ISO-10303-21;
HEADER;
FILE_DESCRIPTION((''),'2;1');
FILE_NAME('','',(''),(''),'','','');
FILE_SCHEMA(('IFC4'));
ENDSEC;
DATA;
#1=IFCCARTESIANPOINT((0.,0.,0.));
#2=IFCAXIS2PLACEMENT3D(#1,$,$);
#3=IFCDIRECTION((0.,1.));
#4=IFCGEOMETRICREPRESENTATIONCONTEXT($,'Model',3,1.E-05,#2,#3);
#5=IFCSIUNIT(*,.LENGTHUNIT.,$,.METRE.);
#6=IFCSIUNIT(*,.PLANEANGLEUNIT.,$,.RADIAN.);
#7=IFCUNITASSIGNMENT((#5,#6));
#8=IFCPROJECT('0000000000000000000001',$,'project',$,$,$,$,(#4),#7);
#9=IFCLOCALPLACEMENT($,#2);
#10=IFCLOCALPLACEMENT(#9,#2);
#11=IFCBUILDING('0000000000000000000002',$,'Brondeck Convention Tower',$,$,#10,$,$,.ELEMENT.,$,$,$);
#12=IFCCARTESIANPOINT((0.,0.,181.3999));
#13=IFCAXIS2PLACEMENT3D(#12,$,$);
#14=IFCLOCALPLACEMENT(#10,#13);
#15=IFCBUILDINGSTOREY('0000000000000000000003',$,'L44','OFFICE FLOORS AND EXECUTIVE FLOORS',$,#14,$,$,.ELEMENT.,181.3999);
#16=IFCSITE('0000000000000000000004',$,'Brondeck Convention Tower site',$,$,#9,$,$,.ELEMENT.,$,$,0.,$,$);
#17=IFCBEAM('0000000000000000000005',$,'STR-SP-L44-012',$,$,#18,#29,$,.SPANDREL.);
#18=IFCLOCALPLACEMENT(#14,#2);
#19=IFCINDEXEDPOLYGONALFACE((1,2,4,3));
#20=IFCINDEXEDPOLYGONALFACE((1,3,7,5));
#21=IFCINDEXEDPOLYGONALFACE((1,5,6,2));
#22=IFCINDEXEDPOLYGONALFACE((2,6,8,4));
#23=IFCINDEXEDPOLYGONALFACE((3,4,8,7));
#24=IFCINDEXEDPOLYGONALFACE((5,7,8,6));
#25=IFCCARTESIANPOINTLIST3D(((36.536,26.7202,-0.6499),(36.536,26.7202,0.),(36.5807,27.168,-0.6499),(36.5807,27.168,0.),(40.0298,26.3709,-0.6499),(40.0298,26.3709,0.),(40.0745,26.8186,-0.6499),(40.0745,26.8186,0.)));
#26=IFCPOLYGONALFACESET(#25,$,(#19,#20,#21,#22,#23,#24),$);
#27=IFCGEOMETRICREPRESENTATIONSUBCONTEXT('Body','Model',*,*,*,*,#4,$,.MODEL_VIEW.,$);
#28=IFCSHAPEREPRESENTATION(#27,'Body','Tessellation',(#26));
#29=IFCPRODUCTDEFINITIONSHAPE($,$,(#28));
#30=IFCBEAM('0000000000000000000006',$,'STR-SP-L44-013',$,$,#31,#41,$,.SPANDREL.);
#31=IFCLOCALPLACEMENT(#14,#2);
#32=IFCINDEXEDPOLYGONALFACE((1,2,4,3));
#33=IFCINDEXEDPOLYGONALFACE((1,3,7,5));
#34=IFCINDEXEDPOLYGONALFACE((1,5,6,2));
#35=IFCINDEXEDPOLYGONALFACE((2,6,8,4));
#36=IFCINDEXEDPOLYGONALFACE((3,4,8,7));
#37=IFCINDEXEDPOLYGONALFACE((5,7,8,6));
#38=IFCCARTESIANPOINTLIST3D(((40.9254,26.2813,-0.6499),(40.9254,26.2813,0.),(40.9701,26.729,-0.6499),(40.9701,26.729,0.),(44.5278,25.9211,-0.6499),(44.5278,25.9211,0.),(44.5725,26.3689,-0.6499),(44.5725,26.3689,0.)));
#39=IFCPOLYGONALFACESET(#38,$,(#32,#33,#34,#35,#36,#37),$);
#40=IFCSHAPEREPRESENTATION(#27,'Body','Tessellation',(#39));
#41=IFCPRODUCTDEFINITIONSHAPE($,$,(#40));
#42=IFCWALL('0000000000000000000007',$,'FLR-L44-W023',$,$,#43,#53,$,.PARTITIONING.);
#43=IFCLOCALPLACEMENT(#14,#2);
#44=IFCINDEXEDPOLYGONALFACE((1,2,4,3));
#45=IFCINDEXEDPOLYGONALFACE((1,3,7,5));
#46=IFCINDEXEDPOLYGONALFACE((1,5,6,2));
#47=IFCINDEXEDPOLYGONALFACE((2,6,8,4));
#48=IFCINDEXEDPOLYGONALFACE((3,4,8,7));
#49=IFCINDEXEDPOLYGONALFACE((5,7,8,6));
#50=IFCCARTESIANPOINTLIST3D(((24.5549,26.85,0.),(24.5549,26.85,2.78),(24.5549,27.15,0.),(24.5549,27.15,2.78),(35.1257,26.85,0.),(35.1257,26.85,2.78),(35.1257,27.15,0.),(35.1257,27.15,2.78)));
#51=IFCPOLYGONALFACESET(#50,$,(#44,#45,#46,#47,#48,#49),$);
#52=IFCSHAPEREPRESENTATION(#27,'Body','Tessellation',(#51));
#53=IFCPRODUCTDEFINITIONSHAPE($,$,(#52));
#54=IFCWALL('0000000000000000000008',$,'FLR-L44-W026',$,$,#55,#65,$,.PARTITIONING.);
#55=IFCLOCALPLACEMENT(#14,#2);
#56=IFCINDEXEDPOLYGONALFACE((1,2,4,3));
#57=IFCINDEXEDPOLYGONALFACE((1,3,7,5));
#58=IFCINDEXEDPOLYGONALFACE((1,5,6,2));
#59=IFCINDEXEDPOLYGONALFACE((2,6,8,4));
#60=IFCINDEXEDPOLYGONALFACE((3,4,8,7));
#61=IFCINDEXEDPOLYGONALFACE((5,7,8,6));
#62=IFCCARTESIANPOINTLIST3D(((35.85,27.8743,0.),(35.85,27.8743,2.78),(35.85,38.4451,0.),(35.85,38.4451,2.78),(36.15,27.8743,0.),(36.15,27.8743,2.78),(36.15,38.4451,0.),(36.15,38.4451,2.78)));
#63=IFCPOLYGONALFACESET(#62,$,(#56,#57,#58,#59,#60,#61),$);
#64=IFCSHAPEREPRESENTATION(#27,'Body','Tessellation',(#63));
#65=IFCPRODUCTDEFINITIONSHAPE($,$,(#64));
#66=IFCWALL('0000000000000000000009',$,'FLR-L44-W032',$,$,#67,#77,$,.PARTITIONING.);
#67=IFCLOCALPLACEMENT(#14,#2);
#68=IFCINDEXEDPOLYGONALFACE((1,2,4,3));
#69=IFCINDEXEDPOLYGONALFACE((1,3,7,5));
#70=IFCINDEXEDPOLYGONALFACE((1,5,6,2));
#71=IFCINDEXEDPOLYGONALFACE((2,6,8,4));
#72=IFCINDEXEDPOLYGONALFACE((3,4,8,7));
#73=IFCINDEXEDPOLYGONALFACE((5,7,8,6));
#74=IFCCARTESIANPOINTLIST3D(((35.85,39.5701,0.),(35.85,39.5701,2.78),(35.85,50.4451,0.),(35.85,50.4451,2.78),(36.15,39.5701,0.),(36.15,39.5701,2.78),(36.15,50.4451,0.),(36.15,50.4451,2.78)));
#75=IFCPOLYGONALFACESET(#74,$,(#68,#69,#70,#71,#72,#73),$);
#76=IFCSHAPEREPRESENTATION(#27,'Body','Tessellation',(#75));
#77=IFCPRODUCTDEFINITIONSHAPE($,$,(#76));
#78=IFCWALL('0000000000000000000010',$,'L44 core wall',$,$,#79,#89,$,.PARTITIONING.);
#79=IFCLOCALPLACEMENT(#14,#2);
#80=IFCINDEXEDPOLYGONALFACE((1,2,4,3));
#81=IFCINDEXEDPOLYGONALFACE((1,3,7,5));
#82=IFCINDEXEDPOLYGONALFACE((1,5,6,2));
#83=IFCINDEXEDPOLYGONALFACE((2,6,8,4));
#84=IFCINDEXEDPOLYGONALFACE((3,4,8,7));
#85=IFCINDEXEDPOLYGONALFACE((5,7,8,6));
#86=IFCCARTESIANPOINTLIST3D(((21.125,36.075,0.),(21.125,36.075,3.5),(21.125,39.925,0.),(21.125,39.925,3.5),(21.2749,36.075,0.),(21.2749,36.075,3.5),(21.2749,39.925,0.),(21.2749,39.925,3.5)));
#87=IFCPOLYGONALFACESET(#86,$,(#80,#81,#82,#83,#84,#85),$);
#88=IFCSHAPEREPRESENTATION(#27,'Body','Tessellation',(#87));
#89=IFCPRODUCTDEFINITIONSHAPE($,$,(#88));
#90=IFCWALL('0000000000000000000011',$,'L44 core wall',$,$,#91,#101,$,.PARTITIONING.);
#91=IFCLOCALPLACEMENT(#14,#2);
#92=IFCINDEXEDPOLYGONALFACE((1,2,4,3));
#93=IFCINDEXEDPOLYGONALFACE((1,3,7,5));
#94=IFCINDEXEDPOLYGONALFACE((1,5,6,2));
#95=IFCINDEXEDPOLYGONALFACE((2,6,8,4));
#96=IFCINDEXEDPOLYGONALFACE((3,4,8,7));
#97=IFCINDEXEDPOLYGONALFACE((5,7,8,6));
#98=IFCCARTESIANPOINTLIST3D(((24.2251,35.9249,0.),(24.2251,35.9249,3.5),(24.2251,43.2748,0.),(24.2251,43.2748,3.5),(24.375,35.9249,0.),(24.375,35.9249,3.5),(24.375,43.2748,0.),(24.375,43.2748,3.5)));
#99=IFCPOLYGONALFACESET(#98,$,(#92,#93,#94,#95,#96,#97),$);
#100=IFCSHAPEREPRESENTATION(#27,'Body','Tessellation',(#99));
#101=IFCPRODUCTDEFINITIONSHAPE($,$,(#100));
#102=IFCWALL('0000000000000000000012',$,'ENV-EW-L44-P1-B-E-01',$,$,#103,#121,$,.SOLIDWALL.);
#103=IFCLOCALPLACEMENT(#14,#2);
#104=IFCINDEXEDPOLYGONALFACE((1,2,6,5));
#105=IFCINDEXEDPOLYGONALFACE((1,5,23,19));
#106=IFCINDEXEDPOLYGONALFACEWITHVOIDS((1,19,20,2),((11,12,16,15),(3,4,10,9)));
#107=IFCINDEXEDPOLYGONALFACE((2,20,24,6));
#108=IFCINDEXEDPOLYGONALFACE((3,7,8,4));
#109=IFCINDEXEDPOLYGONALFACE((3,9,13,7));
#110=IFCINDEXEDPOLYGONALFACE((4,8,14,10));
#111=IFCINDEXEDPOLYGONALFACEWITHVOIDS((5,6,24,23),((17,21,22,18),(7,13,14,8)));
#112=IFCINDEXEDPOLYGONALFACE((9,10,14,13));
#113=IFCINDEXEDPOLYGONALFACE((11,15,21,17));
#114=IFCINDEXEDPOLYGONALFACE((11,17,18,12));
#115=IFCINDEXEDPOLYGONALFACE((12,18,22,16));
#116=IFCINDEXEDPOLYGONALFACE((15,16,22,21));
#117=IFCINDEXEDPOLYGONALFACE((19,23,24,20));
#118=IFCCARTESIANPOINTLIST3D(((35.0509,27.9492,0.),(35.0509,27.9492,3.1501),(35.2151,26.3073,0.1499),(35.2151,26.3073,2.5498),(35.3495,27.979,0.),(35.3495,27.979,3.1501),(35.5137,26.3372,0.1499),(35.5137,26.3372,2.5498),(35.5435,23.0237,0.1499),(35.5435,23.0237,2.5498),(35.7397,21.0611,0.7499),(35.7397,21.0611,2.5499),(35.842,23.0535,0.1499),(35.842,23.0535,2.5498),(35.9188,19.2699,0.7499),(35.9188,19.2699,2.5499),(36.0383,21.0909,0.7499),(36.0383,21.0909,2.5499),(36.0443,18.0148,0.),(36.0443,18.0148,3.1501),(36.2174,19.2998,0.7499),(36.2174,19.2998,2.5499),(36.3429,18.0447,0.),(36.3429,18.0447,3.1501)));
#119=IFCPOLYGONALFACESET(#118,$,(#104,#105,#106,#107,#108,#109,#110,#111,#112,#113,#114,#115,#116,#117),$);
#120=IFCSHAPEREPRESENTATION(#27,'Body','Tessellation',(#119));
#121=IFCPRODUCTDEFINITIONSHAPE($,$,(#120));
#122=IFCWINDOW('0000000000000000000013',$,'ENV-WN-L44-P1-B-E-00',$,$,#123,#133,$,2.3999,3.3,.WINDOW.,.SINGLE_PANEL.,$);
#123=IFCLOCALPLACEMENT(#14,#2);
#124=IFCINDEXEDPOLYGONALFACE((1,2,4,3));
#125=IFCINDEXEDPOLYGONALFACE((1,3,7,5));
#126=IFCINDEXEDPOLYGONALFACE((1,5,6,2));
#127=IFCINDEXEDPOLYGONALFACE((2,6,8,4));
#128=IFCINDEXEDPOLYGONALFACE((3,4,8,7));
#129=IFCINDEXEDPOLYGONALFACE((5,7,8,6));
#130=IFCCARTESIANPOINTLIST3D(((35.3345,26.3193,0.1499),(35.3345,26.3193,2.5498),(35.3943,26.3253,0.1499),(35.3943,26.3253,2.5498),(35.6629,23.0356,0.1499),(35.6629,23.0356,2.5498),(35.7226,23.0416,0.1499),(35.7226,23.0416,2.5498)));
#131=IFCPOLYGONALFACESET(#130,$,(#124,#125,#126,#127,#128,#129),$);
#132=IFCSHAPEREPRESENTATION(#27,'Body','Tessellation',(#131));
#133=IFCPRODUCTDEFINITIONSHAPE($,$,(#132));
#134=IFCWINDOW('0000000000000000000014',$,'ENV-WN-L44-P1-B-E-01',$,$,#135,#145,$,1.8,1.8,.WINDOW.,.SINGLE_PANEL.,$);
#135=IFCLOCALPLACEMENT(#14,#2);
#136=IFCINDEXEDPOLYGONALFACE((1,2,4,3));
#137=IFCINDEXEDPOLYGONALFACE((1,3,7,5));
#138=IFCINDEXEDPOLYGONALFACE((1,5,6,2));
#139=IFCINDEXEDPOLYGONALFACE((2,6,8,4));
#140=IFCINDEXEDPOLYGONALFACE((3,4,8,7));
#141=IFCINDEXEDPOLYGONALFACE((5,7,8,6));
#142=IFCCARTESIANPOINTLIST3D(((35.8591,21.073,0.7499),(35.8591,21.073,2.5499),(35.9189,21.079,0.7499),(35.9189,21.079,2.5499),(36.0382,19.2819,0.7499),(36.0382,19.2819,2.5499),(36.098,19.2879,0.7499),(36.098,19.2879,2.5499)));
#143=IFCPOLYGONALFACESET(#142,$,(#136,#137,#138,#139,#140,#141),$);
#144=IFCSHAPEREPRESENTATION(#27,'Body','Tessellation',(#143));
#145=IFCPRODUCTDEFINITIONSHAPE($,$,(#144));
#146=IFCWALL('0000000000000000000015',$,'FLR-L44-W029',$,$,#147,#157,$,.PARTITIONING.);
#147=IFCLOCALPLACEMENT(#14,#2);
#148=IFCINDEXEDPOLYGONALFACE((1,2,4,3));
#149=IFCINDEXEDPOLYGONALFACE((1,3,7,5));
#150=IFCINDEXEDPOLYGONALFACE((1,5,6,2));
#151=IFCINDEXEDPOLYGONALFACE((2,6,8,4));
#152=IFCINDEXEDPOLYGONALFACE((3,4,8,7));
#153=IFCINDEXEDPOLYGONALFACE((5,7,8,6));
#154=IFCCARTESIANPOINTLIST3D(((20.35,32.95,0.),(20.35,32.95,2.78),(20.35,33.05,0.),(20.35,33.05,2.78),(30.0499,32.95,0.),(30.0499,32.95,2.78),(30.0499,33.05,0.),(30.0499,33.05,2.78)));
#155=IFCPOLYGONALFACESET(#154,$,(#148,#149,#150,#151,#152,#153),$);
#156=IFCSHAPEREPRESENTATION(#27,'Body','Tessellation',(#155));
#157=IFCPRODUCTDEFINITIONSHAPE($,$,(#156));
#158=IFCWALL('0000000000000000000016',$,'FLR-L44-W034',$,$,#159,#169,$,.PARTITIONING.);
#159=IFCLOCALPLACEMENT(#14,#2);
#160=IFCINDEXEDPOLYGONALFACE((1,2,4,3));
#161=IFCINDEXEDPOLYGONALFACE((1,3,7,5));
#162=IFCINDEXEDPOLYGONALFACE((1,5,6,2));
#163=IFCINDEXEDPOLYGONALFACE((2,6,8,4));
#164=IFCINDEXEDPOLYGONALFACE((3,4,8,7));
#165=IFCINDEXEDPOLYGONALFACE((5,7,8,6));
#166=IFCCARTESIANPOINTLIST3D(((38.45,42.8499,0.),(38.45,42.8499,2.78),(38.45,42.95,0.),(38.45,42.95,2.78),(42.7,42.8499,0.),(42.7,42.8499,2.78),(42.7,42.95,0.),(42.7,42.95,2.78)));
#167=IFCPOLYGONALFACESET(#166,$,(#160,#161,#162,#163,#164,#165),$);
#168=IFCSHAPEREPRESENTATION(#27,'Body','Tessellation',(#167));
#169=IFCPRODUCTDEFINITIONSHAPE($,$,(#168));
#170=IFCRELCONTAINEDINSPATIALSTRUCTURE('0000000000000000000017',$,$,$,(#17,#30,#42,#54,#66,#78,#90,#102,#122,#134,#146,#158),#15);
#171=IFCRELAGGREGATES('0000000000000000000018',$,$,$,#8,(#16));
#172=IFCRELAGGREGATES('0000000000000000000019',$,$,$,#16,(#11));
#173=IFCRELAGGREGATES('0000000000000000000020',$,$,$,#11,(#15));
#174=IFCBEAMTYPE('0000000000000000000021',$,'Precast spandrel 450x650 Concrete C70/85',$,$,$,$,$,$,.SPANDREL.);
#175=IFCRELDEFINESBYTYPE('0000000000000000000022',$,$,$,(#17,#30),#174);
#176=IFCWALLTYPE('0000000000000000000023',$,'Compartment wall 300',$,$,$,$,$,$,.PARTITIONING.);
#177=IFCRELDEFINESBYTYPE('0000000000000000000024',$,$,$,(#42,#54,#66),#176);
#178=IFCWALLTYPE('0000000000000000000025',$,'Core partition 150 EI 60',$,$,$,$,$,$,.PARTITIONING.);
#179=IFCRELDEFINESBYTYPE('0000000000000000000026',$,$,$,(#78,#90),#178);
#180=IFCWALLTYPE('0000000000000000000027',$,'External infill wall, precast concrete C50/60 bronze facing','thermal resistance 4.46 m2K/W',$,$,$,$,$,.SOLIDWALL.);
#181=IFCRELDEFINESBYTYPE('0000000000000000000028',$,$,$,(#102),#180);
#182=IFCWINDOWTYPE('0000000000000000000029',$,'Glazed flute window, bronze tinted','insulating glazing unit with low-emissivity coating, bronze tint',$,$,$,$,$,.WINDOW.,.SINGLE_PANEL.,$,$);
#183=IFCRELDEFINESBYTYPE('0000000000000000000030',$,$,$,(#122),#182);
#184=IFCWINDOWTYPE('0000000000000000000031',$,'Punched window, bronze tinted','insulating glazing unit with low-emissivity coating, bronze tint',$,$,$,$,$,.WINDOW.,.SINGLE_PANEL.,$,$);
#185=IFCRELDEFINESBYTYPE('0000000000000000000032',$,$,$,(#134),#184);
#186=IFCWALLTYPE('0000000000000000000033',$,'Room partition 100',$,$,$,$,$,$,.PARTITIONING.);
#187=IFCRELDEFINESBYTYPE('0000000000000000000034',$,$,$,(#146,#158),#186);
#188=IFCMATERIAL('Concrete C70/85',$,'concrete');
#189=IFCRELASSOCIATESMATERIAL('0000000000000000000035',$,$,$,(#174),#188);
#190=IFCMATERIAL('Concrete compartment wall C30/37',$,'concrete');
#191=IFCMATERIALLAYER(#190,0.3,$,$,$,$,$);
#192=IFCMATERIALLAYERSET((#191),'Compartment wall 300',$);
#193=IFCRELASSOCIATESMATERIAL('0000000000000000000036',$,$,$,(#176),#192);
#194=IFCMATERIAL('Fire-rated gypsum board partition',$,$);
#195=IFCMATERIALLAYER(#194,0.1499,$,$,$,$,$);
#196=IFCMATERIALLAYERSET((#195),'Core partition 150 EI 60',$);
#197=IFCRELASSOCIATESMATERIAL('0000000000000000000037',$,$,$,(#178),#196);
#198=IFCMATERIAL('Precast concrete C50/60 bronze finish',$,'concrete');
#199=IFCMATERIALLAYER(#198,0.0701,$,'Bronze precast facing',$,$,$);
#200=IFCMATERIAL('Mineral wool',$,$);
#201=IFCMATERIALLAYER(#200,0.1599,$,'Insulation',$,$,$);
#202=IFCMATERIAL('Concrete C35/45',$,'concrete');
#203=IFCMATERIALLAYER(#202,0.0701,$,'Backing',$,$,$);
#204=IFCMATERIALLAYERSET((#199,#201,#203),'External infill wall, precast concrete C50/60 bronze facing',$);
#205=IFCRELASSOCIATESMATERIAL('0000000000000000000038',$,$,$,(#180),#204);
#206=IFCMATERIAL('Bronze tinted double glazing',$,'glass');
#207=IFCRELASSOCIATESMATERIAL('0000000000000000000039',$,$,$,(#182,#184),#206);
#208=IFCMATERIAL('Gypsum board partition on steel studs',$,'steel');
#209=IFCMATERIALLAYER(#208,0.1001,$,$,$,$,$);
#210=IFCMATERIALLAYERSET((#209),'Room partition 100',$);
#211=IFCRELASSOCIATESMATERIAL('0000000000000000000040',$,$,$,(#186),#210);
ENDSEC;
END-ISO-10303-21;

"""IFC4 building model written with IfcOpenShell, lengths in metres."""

from ifc_helpers import new_model, si_unit, direction, frame, frame_2d, origin, origin_2d, place, context, subcontext, project, spatial, rectangle, extrude, material, layer, layer_set, material_profile, profile_set, type_object, element, fill, save


model = new_model("IFC4")

# Units and contexts
model_context = context("Model", 3, precision=1e-05, world=origin(), true_north=direction((0.0, 1.0)))
body_context = subcontext(model_context, "Body", "Model", "MODEL_VIEW")
ifc_project = project(units=[si_unit("LENGTHUNIT", "METRE"), si_unit("PLANEANGLEUNIT", "RADIAN")], contexts=[model_context])

# Site, building, storey
site_placement = place(None, origin())
site = spatial("IfcSite", under=ifc_project, at=site_placement, Name="Brondeck Convention Tower site", CompositionType="ELEMENT", RefElevation=0.0)
building_placement = place(site_placement, origin())
building = spatial("IfcBuilding", under=site, at=building_placement, Name="Brondeck Convention Tower", CompositionType="ELEMENT")
storey_placement = place(building_placement, frame((0.0, 0.0, 181.3999)))
storey = spatial("IfcBuildingStorey", under=building, at=storey_placement, Name="L44", Description="OFFICE FLOORS AND EXECUTIVE FLOORS", CompositionType="ELEMENT", Elevation=181.3999)

# Shared definitions
ifc_material_1 = material(Name="Concrete C70/85", Category="concrete")

# Beams
ifc_material_profile_1 = material_profile(ifc_material_1, rectangle(XDim=0.45, YDim=0.6499, at=origin_2d()), Name="Precast spandrel 450x650 Concrete C70/85")
ifc_profile_set_1 = profile_set([ifc_material_profile_1], Name="Concrete C70/85")
beam_type_1 = type_object("IfcBeamType", Name="Precast spandrel 450x650 Concrete C70/85", PredefinedType="SPANDREL", material=ifc_profile_set_1)
beam_1_placement = place(storey_placement, frame((36.5583, 26.9441, -0.325), z_axis=(0.995038, -0.099497, 0.0), x_axis=(0.099497, 0.995038, 0.0)))
element("IfcBeam", 1, at=beam_1_placement, inside=storey, type_object=beam_type_1, Name="STR-SP-L44-012", PredefinedType="SPANDREL", context=body_context, shape_type="SweptSolid", body=[
    extrude(rectangle(XDim=0.45, YDim=0.6499, at=origin_2d()), origin(), (0.0, 0.0, 1.0), 3.5112),
])
beam_2_placement = place(storey_placement, frame((40.9478, 26.5051, -0.325), z_axis=(0.995041, -0.09947, 0.0), x_axis=(0.09947, 0.995041, 0.0)))
element("IfcBeam", 2, at=beam_2_placement, inside=storey, type_object=beam_type_1, Name="STR-SP-L44-013", PredefinedType="SPANDREL", context=body_context, shape_type="SweptSolid", body=[
    extrude(rectangle(XDim=0.45, YDim=0.6499, at=origin_2d()), origin(), (0.0, 0.0, 1.0), 3.6204),
])

# Walls
ifc_material_2 = material(Name="Concrete compartment wall C30/37", Category="concrete")
ifc_layer_1 = layer(ifc_material_2, 0.3)
ifc_layer_set_1 = layer_set([ifc_layer_1], Name="Compartment wall 300")
wall_type_1 = type_object("IfcWallType", Name="Compartment wall 300", PredefinedType="PARTITIONING", material=ifc_layer_set_1)
for number, where, z_axis, x_axis, name in (
    (3, (24.5549, 27.0, 0.0), (0.0, 0.0, 1.0), (1.0, 0.0, 0.0), "FLR-L44-W023"),
    (4, (36.0, 27.8743, 0.0), (0.0, 0.0, 1.0), (0.0, 1.0, 0.0), "FLR-L44-W026"),
):
    element("IfcWall", number, at=place(storey_placement, frame(where, z_axis=z_axis, x_axis=x_axis)), inside=storey, type_object=wall_type_1, Name=name, PredefinedType="PARTITIONING", context=body_context, shape_type="SweptSolid", body=[
        extrude(rectangle(XDim=10.5708, YDim=0.3, at=frame_2d((5.2854, 0.0))), origin(), (0.0, 0.0, 1.0), 2.78),
    ])
wall_1_placement = place(storey_placement, frame((36.0, 39.5701, 0.0), z_axis=(0.0, 0.0, 1.0), x_axis=(0.0, 1.0, 0.0)))
element("IfcWall", 5, at=wall_1_placement, inside=storey, type_object=wall_type_1, Name="FLR-L44-W032", PredefinedType="PARTITIONING", context=body_context, shape_type="SweptSolid", body=[
    extrude(rectangle(XDim=10.875, YDim=0.3, at=frame_2d((5.4375, 0.0))), origin(), (0.0, 0.0, 1.0), 2.78),
])
ifc_material_3 = material(Name="Fire-rated gypsum board partition")
ifc_layer_2 = layer(ifc_material_3, 0.1499)
ifc_layer_set_2 = layer_set([ifc_layer_2], Name="Core partition 150 EI 60")
wall_type_2 = type_object("IfcWallType", Name="Core partition 150 EI 60", PredefinedType="PARTITIONING", material=ifc_layer_set_2)
wall_2_placement = place(storey_placement, frame((21.2, 36.075, 0.0), z_axis=(0.0, 0.0, 1.0), x_axis=(0.0, 1.0, 0.0)))
element("IfcWall", 6, at=wall_2_placement, inside=storey, type_object=wall_type_2, Name="L44 core wall", PredefinedType="PARTITIONING", context=body_context, shape_type="SweptSolid", body=[
    extrude(rectangle(XDim=3.8501, YDim=0.1499, at=frame_2d((1.925, 0.0))), origin(), (0.0, 0.0, 1.0), 3.5),
])
wall_3_placement = place(storey_placement, frame((24.3, 35.925, 0.0), z_axis=(0.0, 0.0, 1.0), x_axis=(0.0, 1.0, 0.0)))
element("IfcWall", 7, at=wall_3_placement, inside=storey, type_object=wall_type_2, Name="L44 core wall", PredefinedType="PARTITIONING", context=body_context, shape_type="SweptSolid", body=[
    extrude(rectangle(XDim=7.3499, YDim=0.1499, at=frame_2d((3.6748, 0.0))), origin(), (0.0, 0.0, 1.0), 3.5),
])

# Wall, openings, windows
ifc_material_4 = material(Name="Precast concrete C50/60 bronze finish", Category="concrete")
ifc_layer_3 = layer(ifc_material_4, 0.0701, Name="Bronze precast facing")
ifc_material_5 = material(Name="Mineral wool")
ifc_layer_4 = layer(ifc_material_5, 0.1599, Name="Insulation")
ifc_material_6 = material(Name="Concrete C35/45", Category="concrete")
ifc_layer_5 = layer(ifc_material_6, 0.0701, Name="Backing")
ifc_layer_set_3 = layer_set([ifc_layer_3, ifc_layer_4, ifc_layer_5], Name="External infill wall, precast concrete C50/60 bronze facing")
wall_type_3 = type_object("IfcWallType", Name="External infill wall, precast concrete C50/60 bronze facing", Description="thermal resistance 4.46 m2K/W", PredefinedType="SOLIDWALL", material=ifc_layer_set_3)
wall_4_placement = place(storey_placement, frame((35.2002, 27.9641, 0.0), z_axis=(0.0, 0.0, 1.0), x_axis=(0.099501, -0.995037, 0.0)))
wall_4 = element("IfcWall", 8, at=wall_4_placement, inside=storey, type_object=wall_type_3, Name="ENV-EW-L44-P1-B-E-01", PredefinedType="SOLIDWALL", context=body_context, shape_type="SweptSolid", body=[
    extrude(rectangle(XDim=9.9839, YDim=0.3, at=frame_2d((4.9919, 0.0))), origin(), (0.0, 0.0, 1.0), 3.1501),
])
opening_1_placement = place(wall_4_placement, frame((1.6501, 0.0, 0.1499)))
opening_1 = element("IfcOpeningElement", 9, at=opening_1_placement, cuts=wall_4, PredefinedType="OPENING", context=body_context, shape_type="SweptSolid", body=[
    extrude(rectangle(XDim=3.3, YDim=2.3999, at=frame_2d((1.6499, 1.2))), frame((0.0, 0.1599, 0.0), z_axis=(0.0, -1.0, 0.0), x_axis=(1.0, 0.0, 0.0)), (0.0, 0.0, 1.0), 0.3201),
])
opening_2_placement = place(wall_4_placement, frame((6.9226, 0.0, 0.75)))
opening_2 = element("IfcOpeningElement", 10, at=opening_2_placement, cuts=wall_4, PredefinedType="OPENING", context=body_context, shape_type="SweptSolid", body=[
    extrude(rectangle(XDim=1.8, YDim=1.8, at=frame_2d((0.8999, 0.8999))), frame((0.0, 0.1599, 0.0), z_axis=(0.0, -1.0, 0.0), x_axis=(1.0, 0.0, 0.0)), (0.0, 0.0, 1.0), 0.3201),
])
ifc_material_7 = material(Name="Bronze tinted double glazing", Category="glass")
window_type_1 = type_object("IfcWindowType", Name="Glazed flute window, bronze tinted", Description="insulating glazing unit with low-emissivity coating, bronze tint", PartitioningType="SINGLE_PANEL", PredefinedType="WINDOW", material=ifc_material_7)
window_1_placement = place(opening_1_placement, origin())
window_1 = element("IfcWindow", 11, at=window_1_placement, inside=storey, type_object=window_type_1, Name="ENV-WN-L44-P1-B-E-00", OverallHeight=2.3999, OverallWidth=3.3, PartitioningType="SINGLE_PANEL", PredefinedType="WINDOW", context=body_context, shape_type="SweptSolid", body=[
    extrude(rectangle(XDim=3.3, YDim=2.3999, at=frame_2d((1.6499, 1.2))), frame((0.0, 0.03, 0.0), z_axis=(0.0, -1.0, 0.0), x_axis=(1.0, 0.0, 0.0)), (0.0, 0.0, 1.0), 0.0601),
])
fill(opening_1, window_1)
window_type_2 = type_object("IfcWindowType", Name="Punched window, bronze tinted", Description="insulating glazing unit with low-emissivity coating, bronze tint", PartitioningType="SINGLE_PANEL", PredefinedType="WINDOW", material=ifc_material_7)
window_2_placement = place(opening_2_placement, origin())
window_2 = element("IfcWindow", 12, at=window_2_placement, inside=storey, type_object=window_type_2, Name="ENV-WN-L44-P1-B-E-01", OverallHeight=1.8, OverallWidth=1.8, PartitioningType="SINGLE_PANEL", PredefinedType="WINDOW", context=body_context, shape_type="SweptSolid", body=[
    extrude(rectangle(XDim=1.8, YDim=1.8, at=frame_2d((0.8999, 0.8999))), frame((0.0, 0.03, 0.0), z_axis=(0.0, -1.0, 0.0), x_axis=(1.0, 0.0, 0.0)), (0.0, 0.0, 1.0), 0.0601),
])
fill(opening_2, window_2)

# Walls
ifc_material_8 = material(Name="Gypsum board partition on steel studs", Category="steel")
ifc_layer_6 = layer(ifc_material_8, 0.1001)
ifc_layer_set_4 = layer_set([ifc_layer_6], Name="Room partition 100")
wall_type_4 = type_object("IfcWallType", Name="Room partition 100", PredefinedType="PARTITIONING", material=ifc_layer_set_4)
wall_5_placement = place(storey_placement, frame((30.05, 33.0, 0.0), z_axis=(0.0, 0.0, 1.0), x_axis=(-1.0, 0.0, 0.0)))
element("IfcWall", 13, at=wall_5_placement, inside=storey, type_object=wall_type_4, Name="FLR-L44-W029", PredefinedType="PARTITIONING", context=body_context, shape_type="SweptSolid", body=[
    extrude(rectangle(XDim=9.7, YDim=0.1001, at=frame_2d((4.8501, 0.0))), origin(), (0.0, 0.0, 1.0), 2.78),
])
wall_6_placement = place(storey_placement, frame((38.45, 42.8999, 0.0), z_axis=(0.0, 0.0, 1.0), x_axis=(1.0, 0.0, 0.0)))
element("IfcWall", 14, at=wall_6_placement, inside=storey, type_object=wall_type_4, Name="FLR-L44-W034", PredefinedType="PARTITIONING", context=body_context, shape_type="SweptSolid", body=[
    extrude(rectangle(XDim=4.25, YDim=0.1001, at=frame_2d((2.125, 0.0))), origin(), (0.0, 0.0, 1.0), 2.78),
])

save(model, "model.ifc")
